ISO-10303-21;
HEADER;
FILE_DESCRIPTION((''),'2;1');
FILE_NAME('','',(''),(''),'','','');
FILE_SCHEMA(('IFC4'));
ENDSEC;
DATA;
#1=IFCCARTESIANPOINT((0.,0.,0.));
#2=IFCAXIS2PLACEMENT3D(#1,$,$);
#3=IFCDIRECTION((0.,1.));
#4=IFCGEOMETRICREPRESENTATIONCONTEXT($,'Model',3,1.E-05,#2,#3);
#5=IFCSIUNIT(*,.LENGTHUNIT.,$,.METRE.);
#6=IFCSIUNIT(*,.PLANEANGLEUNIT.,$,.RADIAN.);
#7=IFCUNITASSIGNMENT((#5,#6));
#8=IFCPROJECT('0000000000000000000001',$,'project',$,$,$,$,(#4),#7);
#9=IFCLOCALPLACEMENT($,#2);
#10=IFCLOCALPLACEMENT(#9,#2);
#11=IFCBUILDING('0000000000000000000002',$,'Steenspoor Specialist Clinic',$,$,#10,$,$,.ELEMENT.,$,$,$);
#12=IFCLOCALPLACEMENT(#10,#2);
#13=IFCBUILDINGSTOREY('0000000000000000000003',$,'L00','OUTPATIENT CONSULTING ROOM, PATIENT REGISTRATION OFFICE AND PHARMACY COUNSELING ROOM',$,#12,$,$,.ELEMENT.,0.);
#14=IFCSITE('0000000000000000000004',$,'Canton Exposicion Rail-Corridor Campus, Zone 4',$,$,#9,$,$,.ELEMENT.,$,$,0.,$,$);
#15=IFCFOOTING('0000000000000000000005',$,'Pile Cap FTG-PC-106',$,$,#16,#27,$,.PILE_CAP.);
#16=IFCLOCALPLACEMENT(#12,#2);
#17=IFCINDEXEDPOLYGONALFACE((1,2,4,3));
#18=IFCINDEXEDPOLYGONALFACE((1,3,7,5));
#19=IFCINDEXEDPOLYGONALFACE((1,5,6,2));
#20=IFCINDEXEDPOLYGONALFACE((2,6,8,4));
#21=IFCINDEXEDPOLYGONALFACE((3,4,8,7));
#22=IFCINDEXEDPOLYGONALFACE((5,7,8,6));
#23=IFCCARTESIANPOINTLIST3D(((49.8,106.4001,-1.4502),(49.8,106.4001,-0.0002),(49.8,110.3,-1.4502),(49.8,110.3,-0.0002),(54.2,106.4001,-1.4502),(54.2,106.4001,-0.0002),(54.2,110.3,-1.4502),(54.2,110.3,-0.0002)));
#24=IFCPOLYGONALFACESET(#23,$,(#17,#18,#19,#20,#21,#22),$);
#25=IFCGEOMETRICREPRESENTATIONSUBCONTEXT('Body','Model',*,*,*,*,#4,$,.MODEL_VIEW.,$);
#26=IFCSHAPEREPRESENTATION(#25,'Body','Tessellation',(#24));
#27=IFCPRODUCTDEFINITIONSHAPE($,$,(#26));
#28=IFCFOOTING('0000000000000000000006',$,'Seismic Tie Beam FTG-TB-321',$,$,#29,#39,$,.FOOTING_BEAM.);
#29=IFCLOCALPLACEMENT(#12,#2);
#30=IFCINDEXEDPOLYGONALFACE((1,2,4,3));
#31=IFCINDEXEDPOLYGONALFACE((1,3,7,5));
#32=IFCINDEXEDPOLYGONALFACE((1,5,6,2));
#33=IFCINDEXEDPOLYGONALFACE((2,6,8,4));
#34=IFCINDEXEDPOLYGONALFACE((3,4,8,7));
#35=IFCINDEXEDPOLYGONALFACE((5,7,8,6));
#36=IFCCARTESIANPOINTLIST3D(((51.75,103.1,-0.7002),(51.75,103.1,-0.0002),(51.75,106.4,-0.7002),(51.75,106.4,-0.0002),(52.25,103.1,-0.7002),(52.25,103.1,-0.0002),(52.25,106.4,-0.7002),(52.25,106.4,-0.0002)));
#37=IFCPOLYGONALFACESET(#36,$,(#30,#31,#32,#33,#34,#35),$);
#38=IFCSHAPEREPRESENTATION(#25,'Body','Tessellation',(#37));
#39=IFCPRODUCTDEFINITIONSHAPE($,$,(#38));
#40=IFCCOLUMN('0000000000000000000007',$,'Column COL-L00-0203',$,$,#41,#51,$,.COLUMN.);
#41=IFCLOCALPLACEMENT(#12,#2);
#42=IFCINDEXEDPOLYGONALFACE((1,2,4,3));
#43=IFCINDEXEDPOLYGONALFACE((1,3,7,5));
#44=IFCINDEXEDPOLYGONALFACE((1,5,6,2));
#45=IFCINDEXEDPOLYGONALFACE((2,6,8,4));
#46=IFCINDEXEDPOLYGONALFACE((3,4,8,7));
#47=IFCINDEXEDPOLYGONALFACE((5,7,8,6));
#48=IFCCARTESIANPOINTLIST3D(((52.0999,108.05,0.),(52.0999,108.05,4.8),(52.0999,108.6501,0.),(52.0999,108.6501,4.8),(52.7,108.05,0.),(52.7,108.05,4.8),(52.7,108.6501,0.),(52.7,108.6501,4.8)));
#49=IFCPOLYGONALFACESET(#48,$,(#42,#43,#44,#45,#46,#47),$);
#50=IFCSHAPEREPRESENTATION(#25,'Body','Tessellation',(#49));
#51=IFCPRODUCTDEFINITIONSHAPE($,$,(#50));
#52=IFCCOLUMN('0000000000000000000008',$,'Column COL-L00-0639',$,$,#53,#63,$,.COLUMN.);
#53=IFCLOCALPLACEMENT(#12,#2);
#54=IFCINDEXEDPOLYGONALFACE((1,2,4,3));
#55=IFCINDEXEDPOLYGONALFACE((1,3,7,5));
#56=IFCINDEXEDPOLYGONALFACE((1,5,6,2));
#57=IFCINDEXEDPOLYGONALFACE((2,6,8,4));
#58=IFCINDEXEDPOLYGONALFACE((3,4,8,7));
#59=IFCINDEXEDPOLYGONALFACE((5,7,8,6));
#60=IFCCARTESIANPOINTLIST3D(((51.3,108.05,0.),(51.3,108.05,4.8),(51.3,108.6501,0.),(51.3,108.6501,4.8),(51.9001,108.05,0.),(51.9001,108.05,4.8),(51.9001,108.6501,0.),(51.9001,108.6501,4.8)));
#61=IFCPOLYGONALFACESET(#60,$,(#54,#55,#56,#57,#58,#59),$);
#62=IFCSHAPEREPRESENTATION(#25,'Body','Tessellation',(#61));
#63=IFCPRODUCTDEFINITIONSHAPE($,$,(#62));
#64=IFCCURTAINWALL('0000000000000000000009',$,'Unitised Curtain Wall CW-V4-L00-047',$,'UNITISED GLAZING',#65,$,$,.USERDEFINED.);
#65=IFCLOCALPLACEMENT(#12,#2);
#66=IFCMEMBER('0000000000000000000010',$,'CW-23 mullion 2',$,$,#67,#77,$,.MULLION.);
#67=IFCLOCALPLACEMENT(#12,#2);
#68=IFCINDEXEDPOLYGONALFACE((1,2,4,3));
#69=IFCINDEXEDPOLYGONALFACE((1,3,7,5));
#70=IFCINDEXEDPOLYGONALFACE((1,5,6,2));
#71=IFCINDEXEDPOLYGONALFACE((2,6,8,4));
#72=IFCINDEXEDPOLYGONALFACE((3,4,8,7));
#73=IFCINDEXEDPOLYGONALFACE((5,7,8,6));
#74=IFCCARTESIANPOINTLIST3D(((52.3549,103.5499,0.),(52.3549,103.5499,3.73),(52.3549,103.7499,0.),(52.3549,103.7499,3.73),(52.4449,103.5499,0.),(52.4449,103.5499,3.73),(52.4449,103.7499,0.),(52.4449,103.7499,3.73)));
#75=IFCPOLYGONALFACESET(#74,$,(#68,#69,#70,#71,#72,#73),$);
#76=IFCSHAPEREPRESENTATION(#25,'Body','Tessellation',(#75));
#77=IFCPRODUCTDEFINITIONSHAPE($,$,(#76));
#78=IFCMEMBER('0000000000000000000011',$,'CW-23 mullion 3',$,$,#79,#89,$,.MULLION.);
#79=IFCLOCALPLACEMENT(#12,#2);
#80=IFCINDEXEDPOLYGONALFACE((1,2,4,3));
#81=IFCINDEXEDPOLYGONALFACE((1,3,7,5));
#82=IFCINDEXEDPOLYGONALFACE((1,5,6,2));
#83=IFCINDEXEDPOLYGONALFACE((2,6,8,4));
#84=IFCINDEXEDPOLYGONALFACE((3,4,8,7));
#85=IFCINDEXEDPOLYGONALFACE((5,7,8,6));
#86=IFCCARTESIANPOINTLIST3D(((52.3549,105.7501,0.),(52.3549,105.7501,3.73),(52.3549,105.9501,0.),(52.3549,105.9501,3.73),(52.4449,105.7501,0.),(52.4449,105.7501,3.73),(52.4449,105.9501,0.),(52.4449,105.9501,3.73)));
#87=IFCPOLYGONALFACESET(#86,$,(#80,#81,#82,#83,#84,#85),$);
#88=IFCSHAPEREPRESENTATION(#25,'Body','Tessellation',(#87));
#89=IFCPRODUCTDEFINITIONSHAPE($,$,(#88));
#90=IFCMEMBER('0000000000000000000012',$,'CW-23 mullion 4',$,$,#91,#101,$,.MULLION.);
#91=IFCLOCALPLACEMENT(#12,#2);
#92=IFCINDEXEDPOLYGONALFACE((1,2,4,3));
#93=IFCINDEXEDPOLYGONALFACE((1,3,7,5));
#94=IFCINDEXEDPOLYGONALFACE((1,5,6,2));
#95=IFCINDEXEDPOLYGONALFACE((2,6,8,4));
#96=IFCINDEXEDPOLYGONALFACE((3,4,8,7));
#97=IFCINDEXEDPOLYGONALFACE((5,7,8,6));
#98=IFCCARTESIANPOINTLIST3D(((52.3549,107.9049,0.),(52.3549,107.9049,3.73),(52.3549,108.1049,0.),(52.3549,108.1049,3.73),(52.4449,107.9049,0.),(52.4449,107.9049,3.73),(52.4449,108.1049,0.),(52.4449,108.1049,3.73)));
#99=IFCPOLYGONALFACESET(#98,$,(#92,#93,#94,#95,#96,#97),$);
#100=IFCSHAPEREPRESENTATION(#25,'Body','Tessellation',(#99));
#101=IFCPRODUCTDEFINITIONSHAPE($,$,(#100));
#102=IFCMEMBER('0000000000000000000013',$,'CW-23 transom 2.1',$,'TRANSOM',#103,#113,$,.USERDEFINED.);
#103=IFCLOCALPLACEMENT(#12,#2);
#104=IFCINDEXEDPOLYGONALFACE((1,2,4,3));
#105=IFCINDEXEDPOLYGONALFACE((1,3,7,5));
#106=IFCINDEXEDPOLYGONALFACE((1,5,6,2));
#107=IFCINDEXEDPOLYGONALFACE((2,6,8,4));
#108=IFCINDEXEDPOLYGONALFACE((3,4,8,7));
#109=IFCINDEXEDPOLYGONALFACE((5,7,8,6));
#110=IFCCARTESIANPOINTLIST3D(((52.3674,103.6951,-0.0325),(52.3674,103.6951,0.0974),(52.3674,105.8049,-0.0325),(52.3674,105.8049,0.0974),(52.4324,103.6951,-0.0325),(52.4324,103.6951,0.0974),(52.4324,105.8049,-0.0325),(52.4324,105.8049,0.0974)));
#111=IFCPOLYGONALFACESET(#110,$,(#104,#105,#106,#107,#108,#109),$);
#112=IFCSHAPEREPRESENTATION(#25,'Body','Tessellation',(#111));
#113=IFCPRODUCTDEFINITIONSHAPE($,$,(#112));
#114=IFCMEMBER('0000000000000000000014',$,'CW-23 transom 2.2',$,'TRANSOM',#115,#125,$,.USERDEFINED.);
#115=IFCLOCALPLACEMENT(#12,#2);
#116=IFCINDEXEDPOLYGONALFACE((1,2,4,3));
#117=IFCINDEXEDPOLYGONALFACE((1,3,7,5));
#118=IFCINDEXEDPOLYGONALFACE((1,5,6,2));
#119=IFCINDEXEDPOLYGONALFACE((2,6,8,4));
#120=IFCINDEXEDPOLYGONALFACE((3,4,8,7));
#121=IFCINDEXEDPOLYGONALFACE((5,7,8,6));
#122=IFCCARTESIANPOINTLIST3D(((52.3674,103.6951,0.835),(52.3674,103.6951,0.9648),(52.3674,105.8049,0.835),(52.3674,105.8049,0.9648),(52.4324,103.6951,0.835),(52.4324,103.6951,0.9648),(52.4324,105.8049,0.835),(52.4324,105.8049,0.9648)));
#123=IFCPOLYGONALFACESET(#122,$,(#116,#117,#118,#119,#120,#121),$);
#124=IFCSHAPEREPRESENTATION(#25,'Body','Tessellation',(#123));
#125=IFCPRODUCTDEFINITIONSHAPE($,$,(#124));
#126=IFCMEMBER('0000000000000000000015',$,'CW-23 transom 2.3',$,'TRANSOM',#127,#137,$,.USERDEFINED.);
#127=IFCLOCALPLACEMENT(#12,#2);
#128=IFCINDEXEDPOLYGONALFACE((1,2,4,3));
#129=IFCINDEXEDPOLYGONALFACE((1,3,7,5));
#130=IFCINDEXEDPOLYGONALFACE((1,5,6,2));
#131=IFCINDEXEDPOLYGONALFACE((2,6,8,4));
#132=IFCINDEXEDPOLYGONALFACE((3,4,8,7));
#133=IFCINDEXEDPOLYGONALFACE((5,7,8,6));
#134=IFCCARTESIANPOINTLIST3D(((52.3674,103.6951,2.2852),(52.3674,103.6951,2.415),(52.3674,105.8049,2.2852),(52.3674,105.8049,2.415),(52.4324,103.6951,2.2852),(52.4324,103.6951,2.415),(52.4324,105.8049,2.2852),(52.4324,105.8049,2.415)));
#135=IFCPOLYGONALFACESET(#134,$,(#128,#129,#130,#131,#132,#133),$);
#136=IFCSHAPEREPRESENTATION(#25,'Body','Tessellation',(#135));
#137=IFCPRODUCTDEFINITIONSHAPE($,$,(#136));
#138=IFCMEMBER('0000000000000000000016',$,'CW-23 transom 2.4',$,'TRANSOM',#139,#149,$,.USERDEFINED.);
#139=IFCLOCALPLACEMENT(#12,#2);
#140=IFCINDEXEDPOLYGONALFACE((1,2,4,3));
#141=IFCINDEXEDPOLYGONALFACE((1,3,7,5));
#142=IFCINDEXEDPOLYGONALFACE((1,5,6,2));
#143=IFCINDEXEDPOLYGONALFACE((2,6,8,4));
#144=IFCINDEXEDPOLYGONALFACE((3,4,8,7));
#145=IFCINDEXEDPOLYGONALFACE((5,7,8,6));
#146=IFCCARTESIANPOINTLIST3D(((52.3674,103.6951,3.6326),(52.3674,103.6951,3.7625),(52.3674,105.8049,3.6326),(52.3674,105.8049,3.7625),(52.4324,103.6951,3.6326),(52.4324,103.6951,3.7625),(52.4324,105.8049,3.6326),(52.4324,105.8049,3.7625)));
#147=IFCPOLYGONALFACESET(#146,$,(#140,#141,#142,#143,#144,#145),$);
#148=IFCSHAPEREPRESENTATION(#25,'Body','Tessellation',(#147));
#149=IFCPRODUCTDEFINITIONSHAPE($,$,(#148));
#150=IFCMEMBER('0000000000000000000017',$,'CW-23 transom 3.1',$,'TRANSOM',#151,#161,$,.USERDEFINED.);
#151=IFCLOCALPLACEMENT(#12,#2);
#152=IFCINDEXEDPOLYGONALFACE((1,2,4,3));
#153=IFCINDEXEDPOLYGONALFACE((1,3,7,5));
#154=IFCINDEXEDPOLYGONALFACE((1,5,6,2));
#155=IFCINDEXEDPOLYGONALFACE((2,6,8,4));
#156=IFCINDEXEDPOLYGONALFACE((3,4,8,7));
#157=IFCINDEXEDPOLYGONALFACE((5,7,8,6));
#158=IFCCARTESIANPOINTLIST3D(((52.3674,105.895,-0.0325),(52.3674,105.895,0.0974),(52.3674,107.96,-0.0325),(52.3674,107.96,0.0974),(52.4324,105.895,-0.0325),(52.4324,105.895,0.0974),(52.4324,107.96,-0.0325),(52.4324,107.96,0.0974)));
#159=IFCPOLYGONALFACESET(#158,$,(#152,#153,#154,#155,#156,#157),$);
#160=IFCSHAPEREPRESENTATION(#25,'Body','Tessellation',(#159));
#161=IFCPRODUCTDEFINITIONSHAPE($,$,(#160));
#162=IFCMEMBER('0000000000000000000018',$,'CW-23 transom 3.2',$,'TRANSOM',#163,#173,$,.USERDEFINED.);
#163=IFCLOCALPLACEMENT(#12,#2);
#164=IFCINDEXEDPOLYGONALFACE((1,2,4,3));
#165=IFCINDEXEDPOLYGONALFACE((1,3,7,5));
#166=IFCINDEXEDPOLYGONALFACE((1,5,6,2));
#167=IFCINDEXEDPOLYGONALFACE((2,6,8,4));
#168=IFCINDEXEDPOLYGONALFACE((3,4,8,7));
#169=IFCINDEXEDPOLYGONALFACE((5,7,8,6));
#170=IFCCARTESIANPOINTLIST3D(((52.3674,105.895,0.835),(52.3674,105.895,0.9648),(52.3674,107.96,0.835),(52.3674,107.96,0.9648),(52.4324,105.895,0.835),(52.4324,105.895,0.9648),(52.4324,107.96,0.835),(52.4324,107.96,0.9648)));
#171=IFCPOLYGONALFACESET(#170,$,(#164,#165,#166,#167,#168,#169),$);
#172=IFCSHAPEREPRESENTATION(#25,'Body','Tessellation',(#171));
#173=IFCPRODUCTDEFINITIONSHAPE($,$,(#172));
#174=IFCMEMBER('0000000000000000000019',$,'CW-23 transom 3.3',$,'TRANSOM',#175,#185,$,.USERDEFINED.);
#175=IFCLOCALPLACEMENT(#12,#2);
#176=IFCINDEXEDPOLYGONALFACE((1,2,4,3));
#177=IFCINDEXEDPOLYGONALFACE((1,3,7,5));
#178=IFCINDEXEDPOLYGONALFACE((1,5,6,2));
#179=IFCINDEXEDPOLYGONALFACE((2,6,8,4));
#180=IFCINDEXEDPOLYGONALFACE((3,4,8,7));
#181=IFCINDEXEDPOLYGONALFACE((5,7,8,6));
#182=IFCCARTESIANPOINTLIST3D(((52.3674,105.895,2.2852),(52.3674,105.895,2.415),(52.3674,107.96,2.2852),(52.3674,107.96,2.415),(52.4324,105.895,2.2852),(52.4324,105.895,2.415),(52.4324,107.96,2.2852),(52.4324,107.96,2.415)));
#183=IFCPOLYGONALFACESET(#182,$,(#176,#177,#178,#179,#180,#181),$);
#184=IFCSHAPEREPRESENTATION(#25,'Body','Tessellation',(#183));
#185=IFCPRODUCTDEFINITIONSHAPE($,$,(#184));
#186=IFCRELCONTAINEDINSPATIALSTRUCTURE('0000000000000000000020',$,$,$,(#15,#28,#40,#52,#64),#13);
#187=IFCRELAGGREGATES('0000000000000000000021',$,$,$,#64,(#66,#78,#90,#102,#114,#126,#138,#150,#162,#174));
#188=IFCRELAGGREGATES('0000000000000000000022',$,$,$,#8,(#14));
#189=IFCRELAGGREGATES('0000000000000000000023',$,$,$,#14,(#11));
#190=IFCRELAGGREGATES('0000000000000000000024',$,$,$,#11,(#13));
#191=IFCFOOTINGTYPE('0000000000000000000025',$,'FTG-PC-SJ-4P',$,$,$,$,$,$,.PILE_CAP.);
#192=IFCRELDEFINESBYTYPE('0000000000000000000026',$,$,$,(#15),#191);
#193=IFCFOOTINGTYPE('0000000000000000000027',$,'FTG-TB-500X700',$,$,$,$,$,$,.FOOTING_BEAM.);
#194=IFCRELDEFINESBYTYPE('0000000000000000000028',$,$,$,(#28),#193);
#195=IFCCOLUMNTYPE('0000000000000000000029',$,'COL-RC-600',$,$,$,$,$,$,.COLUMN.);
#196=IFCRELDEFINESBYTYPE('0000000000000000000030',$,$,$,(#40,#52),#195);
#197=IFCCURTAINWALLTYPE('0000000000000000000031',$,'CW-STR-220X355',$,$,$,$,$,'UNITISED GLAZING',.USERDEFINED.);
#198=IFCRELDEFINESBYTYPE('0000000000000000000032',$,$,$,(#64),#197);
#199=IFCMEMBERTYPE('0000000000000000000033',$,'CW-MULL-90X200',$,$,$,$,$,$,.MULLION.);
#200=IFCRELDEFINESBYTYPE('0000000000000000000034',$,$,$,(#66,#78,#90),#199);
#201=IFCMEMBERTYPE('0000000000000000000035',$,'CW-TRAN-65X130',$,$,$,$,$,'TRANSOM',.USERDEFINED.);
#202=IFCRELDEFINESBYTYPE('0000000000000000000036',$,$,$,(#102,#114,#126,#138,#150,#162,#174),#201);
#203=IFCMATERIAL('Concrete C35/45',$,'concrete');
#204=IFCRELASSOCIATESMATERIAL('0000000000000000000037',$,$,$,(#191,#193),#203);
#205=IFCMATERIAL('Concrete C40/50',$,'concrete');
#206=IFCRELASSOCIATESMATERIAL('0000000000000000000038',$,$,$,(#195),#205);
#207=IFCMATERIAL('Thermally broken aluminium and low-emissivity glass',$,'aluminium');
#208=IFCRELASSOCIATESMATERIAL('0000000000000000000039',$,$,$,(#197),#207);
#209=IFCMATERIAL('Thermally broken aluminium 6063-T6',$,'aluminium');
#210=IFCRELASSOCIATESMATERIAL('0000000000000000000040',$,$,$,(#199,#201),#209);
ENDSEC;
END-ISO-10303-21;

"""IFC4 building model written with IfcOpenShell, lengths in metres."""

from ifc_helpers import new_model, si_unit, direction, frame, origin, origin_2d, place, context, subcontext, project, spatial, rectangle, extrude, material, material_profile, profile_set, type_object, element, aggregate, save


model = new_model("IFC4")

# Units and contexts
model_context = context("Model", 3, precision=1e-05, world=origin(), true_north=direction((0.0, 1.0)))
body_context = subcontext(model_context, "Body", "Model", "MODEL_VIEW")
ifc_project = project(units=[si_unit("LENGTHUNIT", "METRE"), si_unit("PLANEANGLEUNIT", "RADIAN")], contexts=[model_context])

# Site, building, storey
site_placement = place(None, origin())
site = spatial("IfcSite", under=ifc_project, at=site_placement, Name="Canton Exposicion Rail-Corridor Campus, Zone 4", CompositionType="ELEMENT", RefElevation=0.0)
building_placement = place(site_placement, origin())
building = spatial("IfcBuilding", under=site, at=building_placement, Name="Steenspoor Specialist Clinic", CompositionType="ELEMENT")
storey_placement = place(building_placement, origin())
storey = spatial("IfcBuildingStorey", under=building, at=storey_placement, Name="L00", Description="OUTPATIENT CONSULTING ROOM, PATIENT REGISTRATION OFFICE AND PHARMACY COUNSELING ROOM", CompositionType="ELEMENT", Elevation=0.0)

# Footings
ifc_material_1 = material(Name="Concrete C35/45", Category="concrete")
footing_type_1 = type_object("IfcFootingType", Name="FTG-PC-SJ-4P", PredefinedType="PILE_CAP", material=ifc_material_1)
footing_1_placement = place(storey_placement, frame((52.0, 108.3501, -1.4502), z_axis=(0.0, 0.0, 1.0), x_axis=(1.0, 0.0, 0.0)))
element("IfcFooting", 1, at=footing_1_placement, inside=storey, type_object=footing_type_1, Name="Pile Cap FTG-PC-106", PredefinedType="PILE_CAP", context=body_context, shape_type="SweptSolid", body=[
    extrude(rectangle(XDim=4.3999, YDim=3.8999, at=origin_2d()), origin(), (0.0, 0.0, 1.0), 1.45),
])
footing_type_2 = type_object("IfcFootingType", Name="FTG-TB-500X700", PredefinedType="FOOTING_BEAM", material=ifc_material_1)
footing_2_placement = place(storey_placement, frame((52.0, 104.75, -0.7002), z_axis=(0.0, 0.0, 1.0), x_axis=(1.0, 0.0, 0.0)))
element("IfcFooting", 2, at=footing_2_placement, inside=storey, type_object=footing_type_2, Name="Seismic Tie Beam FTG-TB-321", PredefinedType="FOOTING_BEAM", context=body_context, shape_type="SweptSolid", body=[
    extrude(rectangle(XDim=0.5, YDim=3.3, at=origin_2d()), origin(), (0.0, 0.0, 1.0), 0.7),
])

# Columns
ifc_material_2 = material(Name="Concrete C40/50", Category="concrete")
ifc_material_profile_1 = material_profile(ifc_material_2, rectangle(XDim=0.6001, YDim=0.6001, at=origin_2d()), Name="RC-COL-600X600")
ifc_profile_set_1 = profile_set([ifc_material_profile_1], Name="Concrete C40/50")
column_type = type_object("IfcColumnType", Name="COL-RC-600", PredefinedType="COLUMN", material=ifc_profile_set_1)
for number, where, z_axis, x_axis, name in (
    (3, (52.3999, 108.3501, 0.0), (0.0, 0.0, 1.0), (1.0, 0.0, 0.0), "Column COL-L00-0203"),
    (4, (51.6001, 108.3501, 0.0), (0.0, 0.0, 1.0), (1.0, 0.0, 0.0), "Column COL-L00-0639"),
):
    element("IfcColumn", number, at=place(storey_placement, frame(where, z_axis=z_axis, x_axis=x_axis)), inside=storey, type_object=column_type, Name=name, PredefinedType="COLUMN", context=body_context, shape_type="SweptSolid", body=[
        extrude(rectangle(XDim=0.6001, YDim=0.6001, at=origin_2d()), origin(), (0.0, 0.0, 1.0), 4.8),
    ])

# Curtain wall, members
ifc_material_3 = material(Name="Thermally broken aluminium and low-emissivity glass", Category="aluminium")
curtain_wall_type = type_object("IfcCurtainWallType", Name="CW-STR-220X355", ElementType="UNITISED GLAZING", PredefinedType="USERDEFINED", material=ifc_material_3)
curtain_wall_placement = place(storey_placement, origin())
curtain_wall = element("IfcCurtainWall", 5, at=curtain_wall_placement, inside=storey, type_object=curtain_wall_type, Name="Unitised Curtain Wall CW-V4-L00-047", ObjectType="UNITISED GLAZING", PredefinedType="USERDEFINED")
ifc_material_4 = material(Name="Thermally broken aluminium 6063-T6", Category="aluminium")
ifc_material_profile_2 = material_profile(ifc_material_4, rectangle(XDim=0.0901, YDim=0.2, at=origin_2d()), Name="CWM-90X200")
ifc_profile_set_2 = profile_set([ifc_material_profile_2], Name="Thermally broken aluminium 6063-T6")
member_type_1 = type_object("IfcMemberType", Name="CW-MULL-90X200", PredefinedType="MULLION", material=ifc_profile_set_2)
member_1_placement = place(storey_placement, frame((52.3999, 103.6499, 0.0), z_axis=(0.0, 0.0, 1.0), x_axis=(-1.0, 0.0, 0.0)))
member_1 = element("IfcMember", 6, at=member_1_placement, type_object=member_type_1, Name="CW-23 mullion 2", PredefinedType="MULLION", context=body_context, shape_type="SweptSolid", body=[
    extrude(rectangle(XDim=0.0901, YDim=0.2, at=origin_2d()), origin(), (0.0, 0.0, 1.0), 3.73),
])
member_2_placement = place(storey_placement, frame((52.3999, 105.8501, 0.0), z_axis=(0.0, 0.0, 1.0), x_axis=(-1.0, 0.0, 0.0)))
member_2 = element("IfcMember", 7, at=member_2_placement, type_object=member_type_1, Name="CW-23 mullion 3", PredefinedType="MULLION", context=body_context, shape_type="SweptSolid", body=[
    extrude(rectangle(XDim=0.0901, YDim=0.2, at=origin_2d()), origin(), (0.0, 0.0, 1.0), 3.73),
])
member_3_placement = place(storey_placement, frame((52.3999, 108.0049, 0.0), z_axis=(0.0, 0.0, 1.0), x_axis=(-1.0, 0.0, 0.0)))
member_3 = element("IfcMember", 8, at=member_3_placement, type_object=member_type_1, Name="CW-23 mullion 4", PredefinedType="MULLION", context=body_context, shape_type="SweptSolid", body=[
    extrude(rectangle(XDim=0.0901, YDim=0.2, at=origin_2d()), origin(), (0.0, 0.0, 1.0), 3.73),
])
ifc_material_profile_3 = material_profile(ifc_material_4, rectangle(XDim=0.0649, YDim=0.1299, at=origin_2d()), Name="CWT-65X130")
ifc_profile_set_3 = profile_set([ifc_material_profile_3], Name="Thermally broken aluminium 6063-T6")
member_type_2 = type_object("IfcMemberType", Name="CW-TRAN-65X130", ElementType="TRANSOM", PredefinedType="USERDEFINED", material=ifc_profile_set_3)
member_4_placement = place(storey_placement, frame((52.3999, 103.6951, 0.0325), z_axis=(0.0, 1.0, 0.0), x_axis=(-1.0, 0.0, 0.0)))
member_4 = element("IfcMember", 9, at=member_4_placement, type_object=member_type_2, Name="CW-23 transom 2.1", ObjectType="TRANSOM", PredefinedType="USERDEFINED", context=body_context, shape_type="SweptSolid", body=[
    extrude(rectangle(XDim=0.0649, YDim=0.1299, at=origin_2d()), origin(), (0.0, 0.0, 1.0), 2.1099),
])
member_5_placement = place(storey_placement, frame((52.3999, 103.6951, 0.8999), z_axis=(0.0, 1.0, 0.0), x_axis=(-1.0, 0.0, 0.0)))
member_5 = element("IfcMember", 10, at=member_5_placement, type_object=member_type_2, Name="CW-23 transom 2.2", ObjectType="TRANSOM", PredefinedType="USERDEFINED", context=body_context, shape_type="SweptSolid", body=[
    extrude(rectangle(XDim=0.0649, YDim=0.1299, at=origin_2d()), origin(), (0.0, 0.0, 1.0), 2.1099),
])
member_6_placement = place(storey_placement, frame((52.3999, 103.6951, 2.3501), z_axis=(0.0, 1.0, 0.0), x_axis=(-1.0, 0.0, 0.0)))
member_6 = element("IfcMember", 11, at=member_6_placement, type_object=member_type_2, Name="CW-23 transom 2.3", ObjectType="TRANSOM", PredefinedType="USERDEFINED", context=body_context, shape_type="SweptSolid", body=[
    extrude(rectangle(XDim=0.0649, YDim=0.1299, at=origin_2d()), origin(), (0.0, 0.0, 1.0), 2.1099),
])
member_7_placement = place(storey_placement, frame((52.3999, 103.6951, 3.6975), z_axis=(0.0, 1.0, 0.0), x_axis=(-1.0, 0.0, 0.0)))
member_7 = element("IfcMember", 12, at=member_7_placement, type_object=member_type_2, Name="CW-23 transom 2.4", ObjectType="TRANSOM", PredefinedType="USERDEFINED", context=body_context, shape_type="SweptSolid", body=[
    extrude(rectangle(XDim=0.0649, YDim=0.1299, at=origin_2d()), origin(), (0.0, 0.0, 1.0), 2.1099),
])
member_8_placement = place(storey_placement, frame((52.3999, 105.895, 0.0325), z_axis=(0.0, 1.0, 0.0), x_axis=(-1.0, 0.0, 0.0)))
member_8 = element("IfcMember", 13, at=member_8_placement, type_object=member_type_2, Name="CW-23 transom 3.1", ObjectType="TRANSOM", PredefinedType="USERDEFINED", context=body_context, shape_type="SweptSolid", body=[
    extrude(rectangle(XDim=0.0649, YDim=0.1299, at=origin_2d()), origin(), (0.0, 0.0, 1.0), 2.0649),
])
member_9_placement = place(storey_placement, frame((52.3999, 105.895, 0.8999), z_axis=(0.0, 1.0, 0.0), x_axis=(-1.0, 0.0, 0.0)))
member_9 = element("IfcMember", 14, at=member_9_placement, type_object=member_type_2, Name="CW-23 transom 3.2", ObjectType="TRANSOM", PredefinedType="USERDEFINED", context=body_context, shape_type="SweptSolid", body=[
    extrude(rectangle(XDim=0.0649, YDim=0.1299, at=origin_2d()), origin(), (0.0, 0.0, 1.0), 2.0649),
])
member_10_placement = place(storey_placement, frame((52.3999, 105.895, 2.3501), z_axis=(0.0, 1.0, 0.0), x_axis=(-1.0, 0.0, 0.0)))
member_10 = element("IfcMember", 15, at=member_10_placement, type_object=member_type_2, Name="CW-23 transom 3.3", ObjectType="TRANSOM", PredefinedType="USERDEFINED", context=body_context, shape_type="SweptSolid", body=[
    extrude(rectangle(XDim=0.0649, YDim=0.1299, at=origin_2d()), origin(), (0.0, 0.0, 1.0), 2.0649),
])
aggregate(curtain_wall, [member_1, member_2, member_3, member_4, member_5, member_6, member_7, member_8, member_9, member_10])

save(model, "model.ifc")
